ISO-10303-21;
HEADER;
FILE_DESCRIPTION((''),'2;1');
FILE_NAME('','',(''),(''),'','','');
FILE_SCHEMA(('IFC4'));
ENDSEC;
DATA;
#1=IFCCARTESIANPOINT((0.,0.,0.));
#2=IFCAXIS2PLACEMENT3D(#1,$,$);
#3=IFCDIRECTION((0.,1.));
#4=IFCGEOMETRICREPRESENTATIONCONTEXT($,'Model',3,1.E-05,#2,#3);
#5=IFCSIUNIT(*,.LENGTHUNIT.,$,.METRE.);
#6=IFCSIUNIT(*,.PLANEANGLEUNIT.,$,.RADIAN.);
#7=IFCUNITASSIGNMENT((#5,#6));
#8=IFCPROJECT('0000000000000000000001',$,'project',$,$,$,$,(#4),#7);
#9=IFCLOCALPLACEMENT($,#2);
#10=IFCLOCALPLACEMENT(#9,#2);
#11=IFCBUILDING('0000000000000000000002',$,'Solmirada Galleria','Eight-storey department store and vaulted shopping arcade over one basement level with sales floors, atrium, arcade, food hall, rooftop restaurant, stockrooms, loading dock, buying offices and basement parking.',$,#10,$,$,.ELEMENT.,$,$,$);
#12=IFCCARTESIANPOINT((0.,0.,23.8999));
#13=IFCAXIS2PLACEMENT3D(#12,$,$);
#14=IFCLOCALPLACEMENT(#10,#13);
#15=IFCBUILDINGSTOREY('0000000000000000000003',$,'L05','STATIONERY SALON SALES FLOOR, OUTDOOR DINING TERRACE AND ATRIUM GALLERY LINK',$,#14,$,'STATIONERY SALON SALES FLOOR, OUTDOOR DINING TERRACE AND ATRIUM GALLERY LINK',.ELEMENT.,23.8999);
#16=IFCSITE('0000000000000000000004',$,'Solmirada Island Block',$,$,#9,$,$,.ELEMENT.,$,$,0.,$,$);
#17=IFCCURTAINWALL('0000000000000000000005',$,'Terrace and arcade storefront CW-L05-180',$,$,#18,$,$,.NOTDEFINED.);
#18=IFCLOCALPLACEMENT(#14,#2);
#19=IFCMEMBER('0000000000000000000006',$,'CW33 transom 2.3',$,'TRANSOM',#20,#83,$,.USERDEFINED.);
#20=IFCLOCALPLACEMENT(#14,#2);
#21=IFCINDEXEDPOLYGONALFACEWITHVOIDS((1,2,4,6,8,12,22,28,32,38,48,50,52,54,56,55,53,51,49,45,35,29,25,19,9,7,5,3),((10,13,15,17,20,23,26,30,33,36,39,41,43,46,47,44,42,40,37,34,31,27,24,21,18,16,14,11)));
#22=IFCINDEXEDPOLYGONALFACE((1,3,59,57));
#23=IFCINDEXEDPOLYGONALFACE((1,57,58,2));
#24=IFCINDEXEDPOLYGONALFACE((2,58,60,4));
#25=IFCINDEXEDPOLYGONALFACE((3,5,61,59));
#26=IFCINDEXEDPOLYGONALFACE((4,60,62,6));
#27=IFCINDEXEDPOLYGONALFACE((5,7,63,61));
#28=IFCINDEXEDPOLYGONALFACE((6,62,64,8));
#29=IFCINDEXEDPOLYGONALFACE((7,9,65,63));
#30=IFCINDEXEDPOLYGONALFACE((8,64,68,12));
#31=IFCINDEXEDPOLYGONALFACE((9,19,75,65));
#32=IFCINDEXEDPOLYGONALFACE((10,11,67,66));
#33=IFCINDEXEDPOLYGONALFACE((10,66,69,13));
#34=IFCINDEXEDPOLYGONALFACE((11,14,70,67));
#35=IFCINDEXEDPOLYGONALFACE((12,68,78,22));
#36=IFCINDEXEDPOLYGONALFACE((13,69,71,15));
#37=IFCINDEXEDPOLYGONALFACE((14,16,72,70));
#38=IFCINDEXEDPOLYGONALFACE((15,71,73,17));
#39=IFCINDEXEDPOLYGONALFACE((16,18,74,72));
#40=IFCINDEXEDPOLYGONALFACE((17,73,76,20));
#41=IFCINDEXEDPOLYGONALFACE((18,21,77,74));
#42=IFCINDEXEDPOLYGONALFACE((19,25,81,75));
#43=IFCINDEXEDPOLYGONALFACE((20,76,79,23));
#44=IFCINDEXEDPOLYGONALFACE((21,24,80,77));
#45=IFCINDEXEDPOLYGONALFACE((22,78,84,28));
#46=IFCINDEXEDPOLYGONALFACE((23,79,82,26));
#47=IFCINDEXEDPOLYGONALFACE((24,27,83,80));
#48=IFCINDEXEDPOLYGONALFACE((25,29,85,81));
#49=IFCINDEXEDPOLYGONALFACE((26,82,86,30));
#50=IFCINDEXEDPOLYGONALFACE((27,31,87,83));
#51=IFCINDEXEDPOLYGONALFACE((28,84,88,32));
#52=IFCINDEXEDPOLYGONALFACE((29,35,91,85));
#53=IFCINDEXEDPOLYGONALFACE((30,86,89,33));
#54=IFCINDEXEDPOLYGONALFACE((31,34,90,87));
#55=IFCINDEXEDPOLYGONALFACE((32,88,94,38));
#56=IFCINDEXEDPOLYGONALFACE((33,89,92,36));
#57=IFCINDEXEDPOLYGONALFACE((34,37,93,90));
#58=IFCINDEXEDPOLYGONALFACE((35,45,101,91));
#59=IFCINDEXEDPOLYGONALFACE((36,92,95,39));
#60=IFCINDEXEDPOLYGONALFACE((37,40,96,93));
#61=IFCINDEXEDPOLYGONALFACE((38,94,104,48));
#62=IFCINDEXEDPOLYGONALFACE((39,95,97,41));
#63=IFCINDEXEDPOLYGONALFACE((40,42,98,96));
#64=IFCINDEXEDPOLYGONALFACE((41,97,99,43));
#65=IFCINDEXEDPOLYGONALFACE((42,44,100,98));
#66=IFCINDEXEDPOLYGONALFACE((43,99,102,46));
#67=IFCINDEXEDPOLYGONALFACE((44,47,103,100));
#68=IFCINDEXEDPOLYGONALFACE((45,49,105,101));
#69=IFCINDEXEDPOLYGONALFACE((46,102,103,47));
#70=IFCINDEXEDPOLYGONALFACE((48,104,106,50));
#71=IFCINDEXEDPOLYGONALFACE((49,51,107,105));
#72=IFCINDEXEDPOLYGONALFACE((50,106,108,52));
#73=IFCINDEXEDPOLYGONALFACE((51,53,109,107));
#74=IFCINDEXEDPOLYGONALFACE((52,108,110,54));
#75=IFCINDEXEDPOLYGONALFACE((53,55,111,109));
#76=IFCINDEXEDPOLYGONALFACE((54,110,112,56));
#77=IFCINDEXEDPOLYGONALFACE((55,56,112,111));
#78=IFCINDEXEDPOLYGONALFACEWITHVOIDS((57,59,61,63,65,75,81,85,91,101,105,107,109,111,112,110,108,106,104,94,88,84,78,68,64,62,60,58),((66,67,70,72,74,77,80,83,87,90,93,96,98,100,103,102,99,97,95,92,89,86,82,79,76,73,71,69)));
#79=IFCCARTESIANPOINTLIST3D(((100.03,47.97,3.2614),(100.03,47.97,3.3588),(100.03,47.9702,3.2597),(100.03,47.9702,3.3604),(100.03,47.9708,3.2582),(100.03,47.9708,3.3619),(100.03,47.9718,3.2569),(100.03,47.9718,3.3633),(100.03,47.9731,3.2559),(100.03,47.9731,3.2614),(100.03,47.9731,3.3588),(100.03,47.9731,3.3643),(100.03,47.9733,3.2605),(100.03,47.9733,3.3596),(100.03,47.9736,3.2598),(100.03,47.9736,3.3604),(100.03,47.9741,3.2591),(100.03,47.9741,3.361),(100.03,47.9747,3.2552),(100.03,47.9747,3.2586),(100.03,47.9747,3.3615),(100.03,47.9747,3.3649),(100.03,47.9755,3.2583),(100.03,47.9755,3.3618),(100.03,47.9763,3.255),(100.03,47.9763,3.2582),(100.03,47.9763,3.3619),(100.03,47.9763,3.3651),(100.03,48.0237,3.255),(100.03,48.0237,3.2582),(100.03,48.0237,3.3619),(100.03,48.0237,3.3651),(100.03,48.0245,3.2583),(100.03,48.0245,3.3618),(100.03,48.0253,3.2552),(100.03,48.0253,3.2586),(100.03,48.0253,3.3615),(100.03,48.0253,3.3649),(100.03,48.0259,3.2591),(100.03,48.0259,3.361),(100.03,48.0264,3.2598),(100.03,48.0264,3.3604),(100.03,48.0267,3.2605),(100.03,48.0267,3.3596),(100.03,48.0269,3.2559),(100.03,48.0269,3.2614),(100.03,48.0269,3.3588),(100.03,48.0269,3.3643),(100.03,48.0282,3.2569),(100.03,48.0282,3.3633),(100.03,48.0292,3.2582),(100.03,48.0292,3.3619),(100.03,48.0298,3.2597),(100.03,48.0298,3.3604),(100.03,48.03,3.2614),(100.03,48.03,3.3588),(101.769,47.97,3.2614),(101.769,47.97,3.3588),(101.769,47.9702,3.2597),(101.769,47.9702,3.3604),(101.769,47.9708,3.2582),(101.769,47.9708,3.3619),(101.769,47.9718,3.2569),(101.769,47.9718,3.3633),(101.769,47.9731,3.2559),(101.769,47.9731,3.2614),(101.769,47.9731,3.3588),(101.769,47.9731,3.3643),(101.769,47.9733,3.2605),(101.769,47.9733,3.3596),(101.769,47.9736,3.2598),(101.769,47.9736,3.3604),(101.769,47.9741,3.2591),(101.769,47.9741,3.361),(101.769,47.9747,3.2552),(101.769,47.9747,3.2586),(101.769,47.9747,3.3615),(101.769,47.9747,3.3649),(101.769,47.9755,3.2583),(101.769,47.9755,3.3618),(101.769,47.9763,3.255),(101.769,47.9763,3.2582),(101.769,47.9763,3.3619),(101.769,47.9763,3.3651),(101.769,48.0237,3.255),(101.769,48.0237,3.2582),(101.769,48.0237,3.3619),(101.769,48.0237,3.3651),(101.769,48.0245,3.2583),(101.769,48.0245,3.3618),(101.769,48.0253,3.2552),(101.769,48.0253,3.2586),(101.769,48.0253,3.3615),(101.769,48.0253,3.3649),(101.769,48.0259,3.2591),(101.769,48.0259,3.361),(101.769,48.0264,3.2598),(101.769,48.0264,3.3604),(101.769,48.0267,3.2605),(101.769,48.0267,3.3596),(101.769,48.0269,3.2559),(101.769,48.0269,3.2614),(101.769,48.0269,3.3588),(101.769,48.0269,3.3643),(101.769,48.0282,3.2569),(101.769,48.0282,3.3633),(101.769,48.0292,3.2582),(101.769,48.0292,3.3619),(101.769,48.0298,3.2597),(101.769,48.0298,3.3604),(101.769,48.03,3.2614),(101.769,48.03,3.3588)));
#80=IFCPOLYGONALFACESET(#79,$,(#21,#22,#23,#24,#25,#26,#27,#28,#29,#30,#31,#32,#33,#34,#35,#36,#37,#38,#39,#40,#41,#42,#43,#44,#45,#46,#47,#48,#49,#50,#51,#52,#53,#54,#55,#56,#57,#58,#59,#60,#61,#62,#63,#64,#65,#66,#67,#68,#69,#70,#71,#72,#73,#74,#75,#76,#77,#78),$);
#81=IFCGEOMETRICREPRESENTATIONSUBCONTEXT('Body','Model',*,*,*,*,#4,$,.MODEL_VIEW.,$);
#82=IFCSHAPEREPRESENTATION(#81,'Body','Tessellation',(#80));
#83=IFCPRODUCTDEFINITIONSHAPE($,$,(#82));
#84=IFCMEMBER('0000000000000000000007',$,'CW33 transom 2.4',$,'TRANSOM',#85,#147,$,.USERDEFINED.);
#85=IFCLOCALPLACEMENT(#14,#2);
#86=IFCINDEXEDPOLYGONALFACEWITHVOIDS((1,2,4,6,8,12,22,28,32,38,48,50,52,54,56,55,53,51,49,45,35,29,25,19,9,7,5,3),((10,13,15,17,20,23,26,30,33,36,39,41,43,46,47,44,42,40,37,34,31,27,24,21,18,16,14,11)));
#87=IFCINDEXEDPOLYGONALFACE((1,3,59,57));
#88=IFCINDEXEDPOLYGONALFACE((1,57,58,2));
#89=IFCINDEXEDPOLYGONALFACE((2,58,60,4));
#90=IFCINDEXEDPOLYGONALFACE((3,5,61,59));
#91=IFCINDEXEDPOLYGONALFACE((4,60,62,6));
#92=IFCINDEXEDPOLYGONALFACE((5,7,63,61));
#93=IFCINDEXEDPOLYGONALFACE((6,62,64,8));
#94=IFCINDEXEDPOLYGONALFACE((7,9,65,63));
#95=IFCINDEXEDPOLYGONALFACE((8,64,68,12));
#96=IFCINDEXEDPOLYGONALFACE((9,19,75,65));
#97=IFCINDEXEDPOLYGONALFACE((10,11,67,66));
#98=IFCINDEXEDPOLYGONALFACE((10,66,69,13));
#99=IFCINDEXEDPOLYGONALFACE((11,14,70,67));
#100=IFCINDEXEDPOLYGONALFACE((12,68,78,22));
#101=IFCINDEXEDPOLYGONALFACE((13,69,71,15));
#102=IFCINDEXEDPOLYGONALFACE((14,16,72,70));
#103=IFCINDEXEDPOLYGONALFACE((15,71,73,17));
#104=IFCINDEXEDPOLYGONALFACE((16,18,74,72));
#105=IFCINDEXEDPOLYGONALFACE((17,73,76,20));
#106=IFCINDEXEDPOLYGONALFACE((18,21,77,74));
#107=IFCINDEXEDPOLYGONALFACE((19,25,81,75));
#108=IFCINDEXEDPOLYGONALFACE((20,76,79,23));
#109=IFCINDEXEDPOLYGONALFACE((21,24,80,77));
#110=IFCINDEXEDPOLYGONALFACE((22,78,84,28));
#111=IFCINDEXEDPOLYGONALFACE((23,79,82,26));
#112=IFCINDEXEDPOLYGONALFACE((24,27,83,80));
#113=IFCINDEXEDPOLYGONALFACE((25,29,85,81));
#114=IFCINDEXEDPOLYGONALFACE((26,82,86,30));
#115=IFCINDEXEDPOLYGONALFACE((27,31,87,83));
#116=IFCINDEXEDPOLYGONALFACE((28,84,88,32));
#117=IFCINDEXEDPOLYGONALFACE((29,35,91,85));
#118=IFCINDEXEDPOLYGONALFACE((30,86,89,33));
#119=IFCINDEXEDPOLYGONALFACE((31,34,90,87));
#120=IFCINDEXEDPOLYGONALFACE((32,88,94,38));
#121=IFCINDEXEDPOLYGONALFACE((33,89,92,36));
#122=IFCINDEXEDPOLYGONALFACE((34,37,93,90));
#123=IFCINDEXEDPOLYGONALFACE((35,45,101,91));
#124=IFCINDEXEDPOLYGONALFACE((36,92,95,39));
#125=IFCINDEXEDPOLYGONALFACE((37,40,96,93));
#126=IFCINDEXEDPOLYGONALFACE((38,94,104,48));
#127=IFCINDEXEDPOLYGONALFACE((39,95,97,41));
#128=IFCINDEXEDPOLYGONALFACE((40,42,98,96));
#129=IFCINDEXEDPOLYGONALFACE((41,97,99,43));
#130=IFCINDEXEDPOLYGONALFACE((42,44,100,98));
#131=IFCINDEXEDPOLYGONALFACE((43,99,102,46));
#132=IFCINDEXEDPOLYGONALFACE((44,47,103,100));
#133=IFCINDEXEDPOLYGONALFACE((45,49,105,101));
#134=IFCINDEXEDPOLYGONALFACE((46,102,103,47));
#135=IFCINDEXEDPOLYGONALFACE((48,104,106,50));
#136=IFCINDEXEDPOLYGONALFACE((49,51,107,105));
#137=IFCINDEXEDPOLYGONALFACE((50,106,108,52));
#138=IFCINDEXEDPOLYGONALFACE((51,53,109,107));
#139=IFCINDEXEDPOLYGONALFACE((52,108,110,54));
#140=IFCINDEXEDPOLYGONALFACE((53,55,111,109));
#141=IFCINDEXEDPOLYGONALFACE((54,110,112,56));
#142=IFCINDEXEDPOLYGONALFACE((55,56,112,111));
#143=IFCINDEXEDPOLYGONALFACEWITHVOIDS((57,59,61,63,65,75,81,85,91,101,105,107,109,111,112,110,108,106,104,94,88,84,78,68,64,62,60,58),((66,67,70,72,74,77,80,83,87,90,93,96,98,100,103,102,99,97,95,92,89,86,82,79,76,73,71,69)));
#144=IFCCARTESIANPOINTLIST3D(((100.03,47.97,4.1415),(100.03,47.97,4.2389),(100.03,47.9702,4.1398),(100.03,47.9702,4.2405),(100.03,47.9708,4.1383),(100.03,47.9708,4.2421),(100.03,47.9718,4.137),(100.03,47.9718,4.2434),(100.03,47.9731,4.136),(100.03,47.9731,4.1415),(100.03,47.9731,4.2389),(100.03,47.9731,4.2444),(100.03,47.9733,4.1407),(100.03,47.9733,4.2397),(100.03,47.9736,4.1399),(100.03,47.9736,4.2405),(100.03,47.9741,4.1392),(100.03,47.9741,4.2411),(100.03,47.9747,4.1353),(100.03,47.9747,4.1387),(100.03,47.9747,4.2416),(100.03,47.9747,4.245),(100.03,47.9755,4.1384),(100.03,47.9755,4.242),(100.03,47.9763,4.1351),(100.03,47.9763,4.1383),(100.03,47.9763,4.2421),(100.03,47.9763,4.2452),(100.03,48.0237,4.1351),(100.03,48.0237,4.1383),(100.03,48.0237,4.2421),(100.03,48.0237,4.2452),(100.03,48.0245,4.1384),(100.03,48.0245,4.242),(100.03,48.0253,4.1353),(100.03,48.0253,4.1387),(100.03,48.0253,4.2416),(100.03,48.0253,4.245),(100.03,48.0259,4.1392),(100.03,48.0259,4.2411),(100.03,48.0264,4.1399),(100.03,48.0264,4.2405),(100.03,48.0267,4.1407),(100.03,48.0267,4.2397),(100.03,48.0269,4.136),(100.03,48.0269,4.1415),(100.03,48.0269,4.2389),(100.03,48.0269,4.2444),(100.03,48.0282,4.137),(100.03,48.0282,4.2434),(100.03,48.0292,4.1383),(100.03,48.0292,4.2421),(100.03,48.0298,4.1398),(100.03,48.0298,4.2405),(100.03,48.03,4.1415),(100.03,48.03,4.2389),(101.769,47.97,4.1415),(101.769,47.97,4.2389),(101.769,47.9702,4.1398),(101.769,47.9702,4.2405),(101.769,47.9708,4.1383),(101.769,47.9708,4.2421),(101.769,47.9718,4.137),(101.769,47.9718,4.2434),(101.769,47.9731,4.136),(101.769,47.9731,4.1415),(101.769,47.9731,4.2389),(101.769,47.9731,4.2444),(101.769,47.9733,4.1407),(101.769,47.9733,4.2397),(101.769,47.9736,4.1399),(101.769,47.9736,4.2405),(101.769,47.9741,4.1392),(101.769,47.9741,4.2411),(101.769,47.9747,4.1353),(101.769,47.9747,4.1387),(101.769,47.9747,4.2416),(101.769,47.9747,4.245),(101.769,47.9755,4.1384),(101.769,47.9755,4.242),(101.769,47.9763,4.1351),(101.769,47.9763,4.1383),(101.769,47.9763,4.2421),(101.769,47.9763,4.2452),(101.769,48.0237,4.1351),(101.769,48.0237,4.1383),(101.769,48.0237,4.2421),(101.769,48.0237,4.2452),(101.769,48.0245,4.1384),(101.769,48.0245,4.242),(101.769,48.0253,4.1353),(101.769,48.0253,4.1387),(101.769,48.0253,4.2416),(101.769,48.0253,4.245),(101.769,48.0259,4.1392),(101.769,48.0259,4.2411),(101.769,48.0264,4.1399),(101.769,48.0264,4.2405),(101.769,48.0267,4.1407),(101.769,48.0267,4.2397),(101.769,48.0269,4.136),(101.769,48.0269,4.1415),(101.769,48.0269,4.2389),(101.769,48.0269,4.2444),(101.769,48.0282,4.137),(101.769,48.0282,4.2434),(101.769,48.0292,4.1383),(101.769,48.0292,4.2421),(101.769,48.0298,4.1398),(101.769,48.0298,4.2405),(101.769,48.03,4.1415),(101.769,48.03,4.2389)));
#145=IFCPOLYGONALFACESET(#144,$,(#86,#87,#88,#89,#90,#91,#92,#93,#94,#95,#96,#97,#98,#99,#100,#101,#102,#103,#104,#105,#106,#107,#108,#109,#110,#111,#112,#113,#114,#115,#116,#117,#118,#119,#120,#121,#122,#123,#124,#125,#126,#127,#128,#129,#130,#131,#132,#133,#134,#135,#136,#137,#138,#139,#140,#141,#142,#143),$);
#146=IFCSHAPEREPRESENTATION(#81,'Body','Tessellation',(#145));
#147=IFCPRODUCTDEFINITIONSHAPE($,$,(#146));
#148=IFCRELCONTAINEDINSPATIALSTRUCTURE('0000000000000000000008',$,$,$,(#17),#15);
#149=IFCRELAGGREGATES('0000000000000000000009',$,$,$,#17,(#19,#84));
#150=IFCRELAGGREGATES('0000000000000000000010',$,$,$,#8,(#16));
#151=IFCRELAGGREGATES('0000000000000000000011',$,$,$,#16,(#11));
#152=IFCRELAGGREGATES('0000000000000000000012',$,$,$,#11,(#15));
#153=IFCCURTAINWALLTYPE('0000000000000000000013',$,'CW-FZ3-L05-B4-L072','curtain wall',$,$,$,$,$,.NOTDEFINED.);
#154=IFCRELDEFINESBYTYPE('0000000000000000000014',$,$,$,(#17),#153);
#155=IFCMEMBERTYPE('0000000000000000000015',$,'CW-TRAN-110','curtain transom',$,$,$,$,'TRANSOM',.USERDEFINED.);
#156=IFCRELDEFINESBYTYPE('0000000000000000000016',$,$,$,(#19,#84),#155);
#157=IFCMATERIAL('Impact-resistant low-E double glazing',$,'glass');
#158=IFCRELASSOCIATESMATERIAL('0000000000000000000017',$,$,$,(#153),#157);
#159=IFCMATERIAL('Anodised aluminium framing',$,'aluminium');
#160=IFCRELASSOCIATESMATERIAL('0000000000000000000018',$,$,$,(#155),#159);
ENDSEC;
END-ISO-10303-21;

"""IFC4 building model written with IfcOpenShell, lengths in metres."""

from ifc_helpers import new_model, si_unit, direction, frame, origin, origin_2d, place, context, subcontext, project, spatial, hollow_rectangle, extrude, material, material_profile, profile_set, type_object, element, aggregate, save


model = new_model("IFC4")

# Units and contexts
model_context = context("Model", 3, precision=1e-05, world=origin(), true_north=direction((0.0, 1.0)))
body_context = subcontext(model_context, "Body", "Model", "MODEL_VIEW")
ifc_project = project(units=[si_unit("LENGTHUNIT", "METRE"), si_unit("PLANEANGLEUNIT", "RADIAN")], contexts=[model_context])

# Site, building, storey
site_placement = place(None, origin())
site = spatial("IfcSite", under=ifc_project, at=site_placement, Name="Solmirada Island Block", CompositionType="ELEMENT", RefElevation=0.0)
building_placement = place(site_placement, origin())
building = spatial("IfcBuilding", under=site, at=building_placement, Name="Solmirada Galleria", Description="Eight-storey department store and vaulted shopping arcade over one basement level with sales floors, atrium, arcade, food hall, rooftop restaurant, stockrooms, loading dock, buying offices and basement parking.", CompositionType="ELEMENT")
storey_placement = place(building_placement, frame((0.0, 0.0, 23.8999)))
storey = spatial("IfcBuildingStorey", under=building, at=storey_placement, Name="L05", Description="STATIONERY SALON SALES FLOOR, OUTDOOR DINING TERRACE AND ATRIUM GALLERY LINK", LongName="STATIONERY SALON SALES FLOOR, OUTDOOR DINING TERRACE AND ATRIUM GALLERY LINK", CompositionType="ELEMENT", Elevation=23.8999)

# Curtain wall, members
ifc_material_1 = material(Name="Impact-resistant low-E double glazing", Category="glass")
curtain_wall_type = type_object("IfcCurtainWallType", Name="CW-FZ3-L05-B4-L072", Description="curtain wall", PredefinedType="NOTDEFINED", material=ifc_material_1)
curtain_wall_placement = place(storey_placement, origin())
curtain_wall = element("IfcCurtainWall", 1, at=curtain_wall_placement, inside=storey, type_object=curtain_wall_type, Name="Terrace and arcade storefront CW-L05-180", PredefinedType="NOTDEFINED")
ifc_material_2 = material(Name="Anodised aluminium framing", Category="aluminium")
ifc_material_profile_1 = material_profile(ifc_material_2, hollow_rectangle(XDim=0.0601, YDim=0.1101, WallThickness=0.0032, InnerFilletRadius=0.0032, OuterFilletRadius=0.0063, at=origin_2d()), Name="ALU-TRAN-110X60")
ifc_profile_set_1 = profile_set([ifc_material_profile_1], Name="Anodised aluminium framing")
member_type_1 = type_object("IfcMemberType", Name="CW-TRAN-110", Description="curtain transom", ElementType="TRANSOM", PredefinedType="USERDEFINED", material=ifc_profile_set_1)
member_1_placement = place(storey_placement, frame((101.769, 48.0, 3.3101), z_axis=(-1.0, 0.0, 0.0), x_axis=(0.0, -1.0, 0.0)))
member_1 = element("IfcMember", 2, at=member_1_placement, type_object=member_type_1, Name="CW33 transom 2.3", ObjectType="TRANSOM", PredefinedType="USERDEFINED", context=body_context, shape_type="SweptSolid", body=[
    extrude(hollow_rectangle(XDim=0.0601, YDim=0.1101, WallThickness=0.0032, InnerFilletRadius=0.0032, OuterFilletRadius=0.0063, at=origin_2d()), origin(), (0.0, 0.0, 1.0), 1.739),
])
member_2_placement = place(storey_placement, frame((101.769, 48.0, 4.1902), z_axis=(-1.0, 0.0, 0.0), x_axis=(0.0, -1.0, 0.0)))
member_2 = element("IfcMember", 3, at=member_2_placement, type_object=member_type_1, Name="CW33 transom 2.4", ObjectType="TRANSOM", PredefinedType="USERDEFINED", context=body_context, shape_type="SweptSolid", body=[
    extrude(hollow_rectangle(XDim=0.0601, YDim=0.1101, WallThickness=0.0032, InnerFilletRadius=0.0032, OuterFilletRadius=0.0063, at=origin_2d()), origin(), (0.0, 0.0, 1.0), 1.739),
])
aggregate(curtain_wall, [member_1, member_2])

save(model, "model.ifc")
